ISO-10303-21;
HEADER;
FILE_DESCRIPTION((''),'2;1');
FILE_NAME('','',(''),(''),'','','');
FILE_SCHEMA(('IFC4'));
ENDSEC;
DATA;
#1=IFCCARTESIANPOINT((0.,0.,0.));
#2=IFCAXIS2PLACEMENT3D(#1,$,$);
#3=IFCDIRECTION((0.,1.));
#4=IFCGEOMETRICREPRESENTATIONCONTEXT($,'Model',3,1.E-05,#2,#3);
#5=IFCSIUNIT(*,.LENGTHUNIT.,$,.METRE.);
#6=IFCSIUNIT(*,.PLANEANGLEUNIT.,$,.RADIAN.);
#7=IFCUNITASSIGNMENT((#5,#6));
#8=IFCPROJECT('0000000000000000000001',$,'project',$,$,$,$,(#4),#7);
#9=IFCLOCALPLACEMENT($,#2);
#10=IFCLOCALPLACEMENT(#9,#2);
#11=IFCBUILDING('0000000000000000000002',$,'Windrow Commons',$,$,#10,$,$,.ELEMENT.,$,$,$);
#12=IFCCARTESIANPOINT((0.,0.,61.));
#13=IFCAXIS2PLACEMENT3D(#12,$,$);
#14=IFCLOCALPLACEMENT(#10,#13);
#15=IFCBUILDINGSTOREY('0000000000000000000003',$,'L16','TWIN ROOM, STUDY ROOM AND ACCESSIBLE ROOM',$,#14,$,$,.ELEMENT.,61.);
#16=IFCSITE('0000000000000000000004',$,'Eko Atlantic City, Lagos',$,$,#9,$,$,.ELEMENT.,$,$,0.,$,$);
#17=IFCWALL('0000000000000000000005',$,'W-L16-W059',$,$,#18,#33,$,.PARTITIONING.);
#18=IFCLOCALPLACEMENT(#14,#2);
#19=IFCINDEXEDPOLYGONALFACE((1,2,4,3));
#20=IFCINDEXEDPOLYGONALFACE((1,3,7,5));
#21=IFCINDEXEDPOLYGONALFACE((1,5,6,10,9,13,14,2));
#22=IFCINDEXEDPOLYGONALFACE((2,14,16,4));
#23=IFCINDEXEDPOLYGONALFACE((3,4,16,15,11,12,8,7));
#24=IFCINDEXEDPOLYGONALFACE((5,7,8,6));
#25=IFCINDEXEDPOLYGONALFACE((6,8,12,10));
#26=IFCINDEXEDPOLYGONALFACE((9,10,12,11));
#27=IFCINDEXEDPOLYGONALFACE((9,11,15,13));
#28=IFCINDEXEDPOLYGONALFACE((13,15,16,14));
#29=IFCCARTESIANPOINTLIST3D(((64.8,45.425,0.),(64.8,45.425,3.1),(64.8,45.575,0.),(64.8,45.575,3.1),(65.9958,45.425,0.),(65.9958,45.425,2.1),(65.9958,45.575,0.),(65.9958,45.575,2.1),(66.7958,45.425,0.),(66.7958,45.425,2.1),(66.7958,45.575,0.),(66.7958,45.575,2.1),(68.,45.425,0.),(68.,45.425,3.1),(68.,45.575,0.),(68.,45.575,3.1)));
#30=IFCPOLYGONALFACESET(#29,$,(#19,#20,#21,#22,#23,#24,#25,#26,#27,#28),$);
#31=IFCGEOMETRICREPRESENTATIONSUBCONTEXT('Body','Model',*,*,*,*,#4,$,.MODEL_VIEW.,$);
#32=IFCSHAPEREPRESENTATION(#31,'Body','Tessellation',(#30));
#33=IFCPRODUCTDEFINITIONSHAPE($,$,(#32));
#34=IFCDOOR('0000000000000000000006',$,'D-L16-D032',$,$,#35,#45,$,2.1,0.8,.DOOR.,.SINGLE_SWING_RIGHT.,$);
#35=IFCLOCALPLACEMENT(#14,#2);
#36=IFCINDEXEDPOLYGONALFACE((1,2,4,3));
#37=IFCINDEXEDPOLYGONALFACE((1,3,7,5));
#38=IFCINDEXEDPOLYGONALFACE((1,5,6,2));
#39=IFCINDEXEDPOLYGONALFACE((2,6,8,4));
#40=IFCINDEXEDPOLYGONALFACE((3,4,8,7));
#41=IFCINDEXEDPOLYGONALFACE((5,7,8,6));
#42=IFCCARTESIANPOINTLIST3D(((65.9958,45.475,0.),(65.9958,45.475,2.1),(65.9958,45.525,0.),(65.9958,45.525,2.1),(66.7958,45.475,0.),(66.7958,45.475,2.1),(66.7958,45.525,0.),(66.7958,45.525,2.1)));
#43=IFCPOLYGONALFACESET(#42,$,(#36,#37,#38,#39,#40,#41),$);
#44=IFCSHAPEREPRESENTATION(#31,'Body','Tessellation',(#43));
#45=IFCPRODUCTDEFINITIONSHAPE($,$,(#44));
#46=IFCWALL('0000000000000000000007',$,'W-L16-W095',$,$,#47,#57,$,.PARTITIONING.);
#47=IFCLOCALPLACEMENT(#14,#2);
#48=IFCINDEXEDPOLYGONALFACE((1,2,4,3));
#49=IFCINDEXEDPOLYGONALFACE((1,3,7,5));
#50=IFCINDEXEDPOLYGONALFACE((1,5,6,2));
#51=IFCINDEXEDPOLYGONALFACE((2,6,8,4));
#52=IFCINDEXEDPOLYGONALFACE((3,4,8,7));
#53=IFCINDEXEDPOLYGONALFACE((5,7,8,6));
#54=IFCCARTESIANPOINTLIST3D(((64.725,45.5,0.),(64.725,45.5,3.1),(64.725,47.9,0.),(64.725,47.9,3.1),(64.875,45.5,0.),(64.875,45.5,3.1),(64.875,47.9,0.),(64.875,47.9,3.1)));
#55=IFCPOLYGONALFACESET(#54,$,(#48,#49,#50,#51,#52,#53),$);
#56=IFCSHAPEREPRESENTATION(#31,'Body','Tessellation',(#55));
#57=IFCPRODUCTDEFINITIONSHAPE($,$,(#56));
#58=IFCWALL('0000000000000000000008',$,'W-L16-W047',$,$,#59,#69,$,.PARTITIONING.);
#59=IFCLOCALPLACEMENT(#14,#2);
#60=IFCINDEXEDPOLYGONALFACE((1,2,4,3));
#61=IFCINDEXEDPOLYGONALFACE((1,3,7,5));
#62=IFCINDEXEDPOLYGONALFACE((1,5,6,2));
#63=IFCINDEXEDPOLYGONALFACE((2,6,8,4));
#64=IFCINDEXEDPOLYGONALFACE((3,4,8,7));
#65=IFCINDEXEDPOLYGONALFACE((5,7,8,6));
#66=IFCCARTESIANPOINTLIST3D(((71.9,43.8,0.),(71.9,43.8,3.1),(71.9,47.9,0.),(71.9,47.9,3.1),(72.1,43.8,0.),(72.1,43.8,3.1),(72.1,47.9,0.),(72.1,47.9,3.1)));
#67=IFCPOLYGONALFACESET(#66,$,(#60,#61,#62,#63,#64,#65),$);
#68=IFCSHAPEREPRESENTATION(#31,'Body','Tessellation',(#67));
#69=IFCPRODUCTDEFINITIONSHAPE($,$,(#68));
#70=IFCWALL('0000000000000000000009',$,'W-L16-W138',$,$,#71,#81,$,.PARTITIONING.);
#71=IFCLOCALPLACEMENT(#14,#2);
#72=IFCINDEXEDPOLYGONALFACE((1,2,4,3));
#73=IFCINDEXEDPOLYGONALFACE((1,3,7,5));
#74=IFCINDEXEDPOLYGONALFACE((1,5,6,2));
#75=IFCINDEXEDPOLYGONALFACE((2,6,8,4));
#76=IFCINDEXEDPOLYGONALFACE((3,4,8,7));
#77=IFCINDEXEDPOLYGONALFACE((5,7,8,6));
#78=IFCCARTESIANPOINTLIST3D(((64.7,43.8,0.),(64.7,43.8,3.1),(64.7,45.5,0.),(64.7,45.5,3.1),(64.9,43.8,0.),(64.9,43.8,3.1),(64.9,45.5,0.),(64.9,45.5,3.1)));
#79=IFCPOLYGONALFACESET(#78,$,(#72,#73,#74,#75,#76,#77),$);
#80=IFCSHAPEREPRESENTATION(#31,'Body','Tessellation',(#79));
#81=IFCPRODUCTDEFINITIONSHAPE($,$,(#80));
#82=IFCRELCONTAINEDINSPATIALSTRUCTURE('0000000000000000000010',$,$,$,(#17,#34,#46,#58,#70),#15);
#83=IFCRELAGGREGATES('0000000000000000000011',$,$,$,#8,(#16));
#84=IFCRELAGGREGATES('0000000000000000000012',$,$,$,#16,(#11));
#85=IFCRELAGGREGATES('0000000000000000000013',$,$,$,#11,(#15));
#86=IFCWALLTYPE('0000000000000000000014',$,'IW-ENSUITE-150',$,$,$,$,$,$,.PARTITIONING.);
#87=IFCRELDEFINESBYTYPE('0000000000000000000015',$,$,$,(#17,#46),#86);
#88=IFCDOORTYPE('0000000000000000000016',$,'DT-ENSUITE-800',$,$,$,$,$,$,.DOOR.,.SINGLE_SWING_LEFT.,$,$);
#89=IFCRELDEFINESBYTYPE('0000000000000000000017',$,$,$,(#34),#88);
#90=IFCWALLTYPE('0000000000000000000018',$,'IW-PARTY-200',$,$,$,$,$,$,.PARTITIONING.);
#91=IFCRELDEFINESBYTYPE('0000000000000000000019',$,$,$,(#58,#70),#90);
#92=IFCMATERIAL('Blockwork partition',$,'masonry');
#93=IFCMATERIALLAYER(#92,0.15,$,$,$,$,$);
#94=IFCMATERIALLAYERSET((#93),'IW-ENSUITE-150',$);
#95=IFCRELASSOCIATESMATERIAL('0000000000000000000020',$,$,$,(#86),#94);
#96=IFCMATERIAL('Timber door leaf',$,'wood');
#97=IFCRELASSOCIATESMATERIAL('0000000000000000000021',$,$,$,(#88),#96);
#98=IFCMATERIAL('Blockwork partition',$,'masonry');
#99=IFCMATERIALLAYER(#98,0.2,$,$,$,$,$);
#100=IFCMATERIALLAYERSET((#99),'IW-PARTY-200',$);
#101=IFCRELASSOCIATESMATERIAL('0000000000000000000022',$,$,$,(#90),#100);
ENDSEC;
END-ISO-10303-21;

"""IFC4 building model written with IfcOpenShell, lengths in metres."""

from ifc_helpers import new_model, si_unit, direction, frame, frame_2d, origin, place, context, subcontext, project, spatial, rectangle, extrude, material, layer, layer_set, type_object, element, fill, save


model = new_model("IFC4")

# Units and contexts
model_context = context("Model", 3, precision=1e-05, world=origin(), true_north=direction((0.0, 1.0)))
body_context = subcontext(model_context, "Body", "Model", "MODEL_VIEW")
ifc_project = project(units=[si_unit("LENGTHUNIT", "METRE"), si_unit("PLANEANGLEUNIT", "RADIAN")], contexts=[model_context])

# Site, building, storey
site_placement = place(None, origin())
site = spatial("IfcSite", under=ifc_project, at=site_placement, Name="Eko Atlantic City, Lagos", CompositionType="ELEMENT", RefElevation=0.0)
building_placement = place(site_placement, origin())
building = spatial("IfcBuilding", under=site, at=building_placement, Name="Windrow Commons", CompositionType="ELEMENT")
storey_placement = place(building_placement, frame((0.0, 0.0, 61.0)))
storey = spatial("IfcBuildingStorey", under=building, at=storey_placement, Name="L16", Description="TWIN ROOM, STUDY ROOM AND ACCESSIBLE ROOM", CompositionType="ELEMENT", Elevation=61.0)

# Wall, opening, door
ifc_material_1 = material(Name="Blockwork partition", Category="masonry")
ifc_layer_1 = layer(ifc_material_1, 0.15)
ifc_layer_set_1 = layer_set([ifc_layer_1], Name="IW-ENSUITE-150")
wall_type_1 = type_object("IfcWallType", Name="IW-ENSUITE-150", PredefinedType="PARTITIONING", material=ifc_layer_set_1)
wall_1_placement = place(storey_placement, frame((64.8, 45.5, 0.0), z_axis=(0.0, 0.0, 1.0), x_axis=(1.0, 0.0, 0.0)))
wall_1 = element("IfcWall", 1, at=wall_1_placement, inside=storey, type_object=wall_type_1, Name="W-L16-W059", PredefinedType="PARTITIONING", context=body_context, shape_type="SweptSolid", body=[
    extrude(rectangle(XDim=3.2, YDim=0.15, at=frame_2d((1.6, 0.0))), origin(), (0.0, 0.0, 1.0), 3.1),
])
opening_1_placement = place(wall_1_placement, frame((1.1958, 0.0, 0.0)))
opening_1 = element("IfcOpeningElement", 2, at=opening_1_placement, cuts=wall_1, PredefinedType="OPENING", context=body_context, shape_type="SweptSolid", body=[
    extrude(rectangle(XDim=0.8, YDim=2.1, at=frame_2d((0.4, 1.05))), frame((0.0, 0.085, 0.0), z_axis=(0.0, -1.0, 0.0), x_axis=(1.0, 0.0, 0.0)), (0.0, 0.0, 1.0), 0.17),
])
ifc_material_2 = material(Name="Timber door leaf", Category="wood")
door_type = type_object("IfcDoorType", Name="DT-ENSUITE-800", OperationType="SINGLE_SWING_LEFT", PredefinedType="DOOR", material=ifc_material_2)
door_placement = place(opening_1_placement, origin())
door = element("IfcDoor", 3, at=door_placement, inside=storey, type_object=door_type, Name="D-L16-D032", OperationType="SINGLE_SWING_RIGHT", OverallHeight=2.1, OverallWidth=0.8, PredefinedType="DOOR", context=body_context, shape_type="SweptSolid", body=[
    extrude(rectangle(XDim=0.8, YDim=2.1, at=frame_2d((0.4, 1.05))), frame((0.0, 0.025, 0.0), z_axis=(0.0, -1.0, 0.0), x_axis=(1.0, 0.0, 0.0)), (0.0, 0.0, 1.0), 0.05),
])
fill(opening_1, door)

# Walls
wall_2_placement = place(storey_placement, frame((64.8, 45.5, 0.0), z_axis=(0.0, 0.0, 1.0), x_axis=(0.0, 1.0, 0.0)))
element("IfcWall", 4, at=wall_2_placement, inside=storey, type_object=wall_type_1, Name="W-L16-W095", PredefinedType="PARTITIONING", context=body_context, shape_type="SweptSolid", body=[
    extrude(rectangle(XDim=2.4, YDim=0.15, at=frame_2d((1.2, 0.0))), origin(), (0.0, 0.0, 1.0), 3.1),
])
ifc_material_3 = material(Name="Blockwork partition", Category="masonry")
ifc_layer_2 = layer(ifc_material_3, 0.2)
ifc_layer_set_2 = layer_set([ifc_layer_2], Name="IW-PARTY-200")
wall_type_2 = type_object("IfcWallType", Name="IW-PARTY-200", PredefinedType="PARTITIONING", material=ifc_layer_set_2)
wall_3_placement = place(storey_placement, frame((72.0, 43.8, 0.0), z_axis=(0.0, 0.0, 1.0), x_axis=(0.0, 1.0, 0.0)))
element("IfcWall", 5, at=wall_3_placement, inside=storey, type_object=wall_type_2, Name="W-L16-W047", PredefinedType="PARTITIONING", context=body_context, shape_type="SweptSolid", body=[
    extrude(rectangle(XDim=4.1, YDim=0.2, at=frame_2d((2.05, 0.0))), origin(), (0.0, 0.0, 1.0), 3.1),
])
wall_4_placement = place(storey_placement, frame((64.8, 43.8, 0.0), z_axis=(0.0, 0.0, 1.0), x_axis=(0.0, 1.0, 0.0)))
element("IfcWall", 6, at=wall_4_placement, inside=storey, type_object=wall_type_2, Name="W-L16-W138", PredefinedType="PARTITIONING", context=body_context, shape_type="SweptSolid", body=[
    extrude(rectangle(XDim=1.7, YDim=0.2, at=frame_2d((0.85, 0.0))), origin(), (0.0, 0.0, 1.0), 3.1),
])

save(model, "model.ifc")
